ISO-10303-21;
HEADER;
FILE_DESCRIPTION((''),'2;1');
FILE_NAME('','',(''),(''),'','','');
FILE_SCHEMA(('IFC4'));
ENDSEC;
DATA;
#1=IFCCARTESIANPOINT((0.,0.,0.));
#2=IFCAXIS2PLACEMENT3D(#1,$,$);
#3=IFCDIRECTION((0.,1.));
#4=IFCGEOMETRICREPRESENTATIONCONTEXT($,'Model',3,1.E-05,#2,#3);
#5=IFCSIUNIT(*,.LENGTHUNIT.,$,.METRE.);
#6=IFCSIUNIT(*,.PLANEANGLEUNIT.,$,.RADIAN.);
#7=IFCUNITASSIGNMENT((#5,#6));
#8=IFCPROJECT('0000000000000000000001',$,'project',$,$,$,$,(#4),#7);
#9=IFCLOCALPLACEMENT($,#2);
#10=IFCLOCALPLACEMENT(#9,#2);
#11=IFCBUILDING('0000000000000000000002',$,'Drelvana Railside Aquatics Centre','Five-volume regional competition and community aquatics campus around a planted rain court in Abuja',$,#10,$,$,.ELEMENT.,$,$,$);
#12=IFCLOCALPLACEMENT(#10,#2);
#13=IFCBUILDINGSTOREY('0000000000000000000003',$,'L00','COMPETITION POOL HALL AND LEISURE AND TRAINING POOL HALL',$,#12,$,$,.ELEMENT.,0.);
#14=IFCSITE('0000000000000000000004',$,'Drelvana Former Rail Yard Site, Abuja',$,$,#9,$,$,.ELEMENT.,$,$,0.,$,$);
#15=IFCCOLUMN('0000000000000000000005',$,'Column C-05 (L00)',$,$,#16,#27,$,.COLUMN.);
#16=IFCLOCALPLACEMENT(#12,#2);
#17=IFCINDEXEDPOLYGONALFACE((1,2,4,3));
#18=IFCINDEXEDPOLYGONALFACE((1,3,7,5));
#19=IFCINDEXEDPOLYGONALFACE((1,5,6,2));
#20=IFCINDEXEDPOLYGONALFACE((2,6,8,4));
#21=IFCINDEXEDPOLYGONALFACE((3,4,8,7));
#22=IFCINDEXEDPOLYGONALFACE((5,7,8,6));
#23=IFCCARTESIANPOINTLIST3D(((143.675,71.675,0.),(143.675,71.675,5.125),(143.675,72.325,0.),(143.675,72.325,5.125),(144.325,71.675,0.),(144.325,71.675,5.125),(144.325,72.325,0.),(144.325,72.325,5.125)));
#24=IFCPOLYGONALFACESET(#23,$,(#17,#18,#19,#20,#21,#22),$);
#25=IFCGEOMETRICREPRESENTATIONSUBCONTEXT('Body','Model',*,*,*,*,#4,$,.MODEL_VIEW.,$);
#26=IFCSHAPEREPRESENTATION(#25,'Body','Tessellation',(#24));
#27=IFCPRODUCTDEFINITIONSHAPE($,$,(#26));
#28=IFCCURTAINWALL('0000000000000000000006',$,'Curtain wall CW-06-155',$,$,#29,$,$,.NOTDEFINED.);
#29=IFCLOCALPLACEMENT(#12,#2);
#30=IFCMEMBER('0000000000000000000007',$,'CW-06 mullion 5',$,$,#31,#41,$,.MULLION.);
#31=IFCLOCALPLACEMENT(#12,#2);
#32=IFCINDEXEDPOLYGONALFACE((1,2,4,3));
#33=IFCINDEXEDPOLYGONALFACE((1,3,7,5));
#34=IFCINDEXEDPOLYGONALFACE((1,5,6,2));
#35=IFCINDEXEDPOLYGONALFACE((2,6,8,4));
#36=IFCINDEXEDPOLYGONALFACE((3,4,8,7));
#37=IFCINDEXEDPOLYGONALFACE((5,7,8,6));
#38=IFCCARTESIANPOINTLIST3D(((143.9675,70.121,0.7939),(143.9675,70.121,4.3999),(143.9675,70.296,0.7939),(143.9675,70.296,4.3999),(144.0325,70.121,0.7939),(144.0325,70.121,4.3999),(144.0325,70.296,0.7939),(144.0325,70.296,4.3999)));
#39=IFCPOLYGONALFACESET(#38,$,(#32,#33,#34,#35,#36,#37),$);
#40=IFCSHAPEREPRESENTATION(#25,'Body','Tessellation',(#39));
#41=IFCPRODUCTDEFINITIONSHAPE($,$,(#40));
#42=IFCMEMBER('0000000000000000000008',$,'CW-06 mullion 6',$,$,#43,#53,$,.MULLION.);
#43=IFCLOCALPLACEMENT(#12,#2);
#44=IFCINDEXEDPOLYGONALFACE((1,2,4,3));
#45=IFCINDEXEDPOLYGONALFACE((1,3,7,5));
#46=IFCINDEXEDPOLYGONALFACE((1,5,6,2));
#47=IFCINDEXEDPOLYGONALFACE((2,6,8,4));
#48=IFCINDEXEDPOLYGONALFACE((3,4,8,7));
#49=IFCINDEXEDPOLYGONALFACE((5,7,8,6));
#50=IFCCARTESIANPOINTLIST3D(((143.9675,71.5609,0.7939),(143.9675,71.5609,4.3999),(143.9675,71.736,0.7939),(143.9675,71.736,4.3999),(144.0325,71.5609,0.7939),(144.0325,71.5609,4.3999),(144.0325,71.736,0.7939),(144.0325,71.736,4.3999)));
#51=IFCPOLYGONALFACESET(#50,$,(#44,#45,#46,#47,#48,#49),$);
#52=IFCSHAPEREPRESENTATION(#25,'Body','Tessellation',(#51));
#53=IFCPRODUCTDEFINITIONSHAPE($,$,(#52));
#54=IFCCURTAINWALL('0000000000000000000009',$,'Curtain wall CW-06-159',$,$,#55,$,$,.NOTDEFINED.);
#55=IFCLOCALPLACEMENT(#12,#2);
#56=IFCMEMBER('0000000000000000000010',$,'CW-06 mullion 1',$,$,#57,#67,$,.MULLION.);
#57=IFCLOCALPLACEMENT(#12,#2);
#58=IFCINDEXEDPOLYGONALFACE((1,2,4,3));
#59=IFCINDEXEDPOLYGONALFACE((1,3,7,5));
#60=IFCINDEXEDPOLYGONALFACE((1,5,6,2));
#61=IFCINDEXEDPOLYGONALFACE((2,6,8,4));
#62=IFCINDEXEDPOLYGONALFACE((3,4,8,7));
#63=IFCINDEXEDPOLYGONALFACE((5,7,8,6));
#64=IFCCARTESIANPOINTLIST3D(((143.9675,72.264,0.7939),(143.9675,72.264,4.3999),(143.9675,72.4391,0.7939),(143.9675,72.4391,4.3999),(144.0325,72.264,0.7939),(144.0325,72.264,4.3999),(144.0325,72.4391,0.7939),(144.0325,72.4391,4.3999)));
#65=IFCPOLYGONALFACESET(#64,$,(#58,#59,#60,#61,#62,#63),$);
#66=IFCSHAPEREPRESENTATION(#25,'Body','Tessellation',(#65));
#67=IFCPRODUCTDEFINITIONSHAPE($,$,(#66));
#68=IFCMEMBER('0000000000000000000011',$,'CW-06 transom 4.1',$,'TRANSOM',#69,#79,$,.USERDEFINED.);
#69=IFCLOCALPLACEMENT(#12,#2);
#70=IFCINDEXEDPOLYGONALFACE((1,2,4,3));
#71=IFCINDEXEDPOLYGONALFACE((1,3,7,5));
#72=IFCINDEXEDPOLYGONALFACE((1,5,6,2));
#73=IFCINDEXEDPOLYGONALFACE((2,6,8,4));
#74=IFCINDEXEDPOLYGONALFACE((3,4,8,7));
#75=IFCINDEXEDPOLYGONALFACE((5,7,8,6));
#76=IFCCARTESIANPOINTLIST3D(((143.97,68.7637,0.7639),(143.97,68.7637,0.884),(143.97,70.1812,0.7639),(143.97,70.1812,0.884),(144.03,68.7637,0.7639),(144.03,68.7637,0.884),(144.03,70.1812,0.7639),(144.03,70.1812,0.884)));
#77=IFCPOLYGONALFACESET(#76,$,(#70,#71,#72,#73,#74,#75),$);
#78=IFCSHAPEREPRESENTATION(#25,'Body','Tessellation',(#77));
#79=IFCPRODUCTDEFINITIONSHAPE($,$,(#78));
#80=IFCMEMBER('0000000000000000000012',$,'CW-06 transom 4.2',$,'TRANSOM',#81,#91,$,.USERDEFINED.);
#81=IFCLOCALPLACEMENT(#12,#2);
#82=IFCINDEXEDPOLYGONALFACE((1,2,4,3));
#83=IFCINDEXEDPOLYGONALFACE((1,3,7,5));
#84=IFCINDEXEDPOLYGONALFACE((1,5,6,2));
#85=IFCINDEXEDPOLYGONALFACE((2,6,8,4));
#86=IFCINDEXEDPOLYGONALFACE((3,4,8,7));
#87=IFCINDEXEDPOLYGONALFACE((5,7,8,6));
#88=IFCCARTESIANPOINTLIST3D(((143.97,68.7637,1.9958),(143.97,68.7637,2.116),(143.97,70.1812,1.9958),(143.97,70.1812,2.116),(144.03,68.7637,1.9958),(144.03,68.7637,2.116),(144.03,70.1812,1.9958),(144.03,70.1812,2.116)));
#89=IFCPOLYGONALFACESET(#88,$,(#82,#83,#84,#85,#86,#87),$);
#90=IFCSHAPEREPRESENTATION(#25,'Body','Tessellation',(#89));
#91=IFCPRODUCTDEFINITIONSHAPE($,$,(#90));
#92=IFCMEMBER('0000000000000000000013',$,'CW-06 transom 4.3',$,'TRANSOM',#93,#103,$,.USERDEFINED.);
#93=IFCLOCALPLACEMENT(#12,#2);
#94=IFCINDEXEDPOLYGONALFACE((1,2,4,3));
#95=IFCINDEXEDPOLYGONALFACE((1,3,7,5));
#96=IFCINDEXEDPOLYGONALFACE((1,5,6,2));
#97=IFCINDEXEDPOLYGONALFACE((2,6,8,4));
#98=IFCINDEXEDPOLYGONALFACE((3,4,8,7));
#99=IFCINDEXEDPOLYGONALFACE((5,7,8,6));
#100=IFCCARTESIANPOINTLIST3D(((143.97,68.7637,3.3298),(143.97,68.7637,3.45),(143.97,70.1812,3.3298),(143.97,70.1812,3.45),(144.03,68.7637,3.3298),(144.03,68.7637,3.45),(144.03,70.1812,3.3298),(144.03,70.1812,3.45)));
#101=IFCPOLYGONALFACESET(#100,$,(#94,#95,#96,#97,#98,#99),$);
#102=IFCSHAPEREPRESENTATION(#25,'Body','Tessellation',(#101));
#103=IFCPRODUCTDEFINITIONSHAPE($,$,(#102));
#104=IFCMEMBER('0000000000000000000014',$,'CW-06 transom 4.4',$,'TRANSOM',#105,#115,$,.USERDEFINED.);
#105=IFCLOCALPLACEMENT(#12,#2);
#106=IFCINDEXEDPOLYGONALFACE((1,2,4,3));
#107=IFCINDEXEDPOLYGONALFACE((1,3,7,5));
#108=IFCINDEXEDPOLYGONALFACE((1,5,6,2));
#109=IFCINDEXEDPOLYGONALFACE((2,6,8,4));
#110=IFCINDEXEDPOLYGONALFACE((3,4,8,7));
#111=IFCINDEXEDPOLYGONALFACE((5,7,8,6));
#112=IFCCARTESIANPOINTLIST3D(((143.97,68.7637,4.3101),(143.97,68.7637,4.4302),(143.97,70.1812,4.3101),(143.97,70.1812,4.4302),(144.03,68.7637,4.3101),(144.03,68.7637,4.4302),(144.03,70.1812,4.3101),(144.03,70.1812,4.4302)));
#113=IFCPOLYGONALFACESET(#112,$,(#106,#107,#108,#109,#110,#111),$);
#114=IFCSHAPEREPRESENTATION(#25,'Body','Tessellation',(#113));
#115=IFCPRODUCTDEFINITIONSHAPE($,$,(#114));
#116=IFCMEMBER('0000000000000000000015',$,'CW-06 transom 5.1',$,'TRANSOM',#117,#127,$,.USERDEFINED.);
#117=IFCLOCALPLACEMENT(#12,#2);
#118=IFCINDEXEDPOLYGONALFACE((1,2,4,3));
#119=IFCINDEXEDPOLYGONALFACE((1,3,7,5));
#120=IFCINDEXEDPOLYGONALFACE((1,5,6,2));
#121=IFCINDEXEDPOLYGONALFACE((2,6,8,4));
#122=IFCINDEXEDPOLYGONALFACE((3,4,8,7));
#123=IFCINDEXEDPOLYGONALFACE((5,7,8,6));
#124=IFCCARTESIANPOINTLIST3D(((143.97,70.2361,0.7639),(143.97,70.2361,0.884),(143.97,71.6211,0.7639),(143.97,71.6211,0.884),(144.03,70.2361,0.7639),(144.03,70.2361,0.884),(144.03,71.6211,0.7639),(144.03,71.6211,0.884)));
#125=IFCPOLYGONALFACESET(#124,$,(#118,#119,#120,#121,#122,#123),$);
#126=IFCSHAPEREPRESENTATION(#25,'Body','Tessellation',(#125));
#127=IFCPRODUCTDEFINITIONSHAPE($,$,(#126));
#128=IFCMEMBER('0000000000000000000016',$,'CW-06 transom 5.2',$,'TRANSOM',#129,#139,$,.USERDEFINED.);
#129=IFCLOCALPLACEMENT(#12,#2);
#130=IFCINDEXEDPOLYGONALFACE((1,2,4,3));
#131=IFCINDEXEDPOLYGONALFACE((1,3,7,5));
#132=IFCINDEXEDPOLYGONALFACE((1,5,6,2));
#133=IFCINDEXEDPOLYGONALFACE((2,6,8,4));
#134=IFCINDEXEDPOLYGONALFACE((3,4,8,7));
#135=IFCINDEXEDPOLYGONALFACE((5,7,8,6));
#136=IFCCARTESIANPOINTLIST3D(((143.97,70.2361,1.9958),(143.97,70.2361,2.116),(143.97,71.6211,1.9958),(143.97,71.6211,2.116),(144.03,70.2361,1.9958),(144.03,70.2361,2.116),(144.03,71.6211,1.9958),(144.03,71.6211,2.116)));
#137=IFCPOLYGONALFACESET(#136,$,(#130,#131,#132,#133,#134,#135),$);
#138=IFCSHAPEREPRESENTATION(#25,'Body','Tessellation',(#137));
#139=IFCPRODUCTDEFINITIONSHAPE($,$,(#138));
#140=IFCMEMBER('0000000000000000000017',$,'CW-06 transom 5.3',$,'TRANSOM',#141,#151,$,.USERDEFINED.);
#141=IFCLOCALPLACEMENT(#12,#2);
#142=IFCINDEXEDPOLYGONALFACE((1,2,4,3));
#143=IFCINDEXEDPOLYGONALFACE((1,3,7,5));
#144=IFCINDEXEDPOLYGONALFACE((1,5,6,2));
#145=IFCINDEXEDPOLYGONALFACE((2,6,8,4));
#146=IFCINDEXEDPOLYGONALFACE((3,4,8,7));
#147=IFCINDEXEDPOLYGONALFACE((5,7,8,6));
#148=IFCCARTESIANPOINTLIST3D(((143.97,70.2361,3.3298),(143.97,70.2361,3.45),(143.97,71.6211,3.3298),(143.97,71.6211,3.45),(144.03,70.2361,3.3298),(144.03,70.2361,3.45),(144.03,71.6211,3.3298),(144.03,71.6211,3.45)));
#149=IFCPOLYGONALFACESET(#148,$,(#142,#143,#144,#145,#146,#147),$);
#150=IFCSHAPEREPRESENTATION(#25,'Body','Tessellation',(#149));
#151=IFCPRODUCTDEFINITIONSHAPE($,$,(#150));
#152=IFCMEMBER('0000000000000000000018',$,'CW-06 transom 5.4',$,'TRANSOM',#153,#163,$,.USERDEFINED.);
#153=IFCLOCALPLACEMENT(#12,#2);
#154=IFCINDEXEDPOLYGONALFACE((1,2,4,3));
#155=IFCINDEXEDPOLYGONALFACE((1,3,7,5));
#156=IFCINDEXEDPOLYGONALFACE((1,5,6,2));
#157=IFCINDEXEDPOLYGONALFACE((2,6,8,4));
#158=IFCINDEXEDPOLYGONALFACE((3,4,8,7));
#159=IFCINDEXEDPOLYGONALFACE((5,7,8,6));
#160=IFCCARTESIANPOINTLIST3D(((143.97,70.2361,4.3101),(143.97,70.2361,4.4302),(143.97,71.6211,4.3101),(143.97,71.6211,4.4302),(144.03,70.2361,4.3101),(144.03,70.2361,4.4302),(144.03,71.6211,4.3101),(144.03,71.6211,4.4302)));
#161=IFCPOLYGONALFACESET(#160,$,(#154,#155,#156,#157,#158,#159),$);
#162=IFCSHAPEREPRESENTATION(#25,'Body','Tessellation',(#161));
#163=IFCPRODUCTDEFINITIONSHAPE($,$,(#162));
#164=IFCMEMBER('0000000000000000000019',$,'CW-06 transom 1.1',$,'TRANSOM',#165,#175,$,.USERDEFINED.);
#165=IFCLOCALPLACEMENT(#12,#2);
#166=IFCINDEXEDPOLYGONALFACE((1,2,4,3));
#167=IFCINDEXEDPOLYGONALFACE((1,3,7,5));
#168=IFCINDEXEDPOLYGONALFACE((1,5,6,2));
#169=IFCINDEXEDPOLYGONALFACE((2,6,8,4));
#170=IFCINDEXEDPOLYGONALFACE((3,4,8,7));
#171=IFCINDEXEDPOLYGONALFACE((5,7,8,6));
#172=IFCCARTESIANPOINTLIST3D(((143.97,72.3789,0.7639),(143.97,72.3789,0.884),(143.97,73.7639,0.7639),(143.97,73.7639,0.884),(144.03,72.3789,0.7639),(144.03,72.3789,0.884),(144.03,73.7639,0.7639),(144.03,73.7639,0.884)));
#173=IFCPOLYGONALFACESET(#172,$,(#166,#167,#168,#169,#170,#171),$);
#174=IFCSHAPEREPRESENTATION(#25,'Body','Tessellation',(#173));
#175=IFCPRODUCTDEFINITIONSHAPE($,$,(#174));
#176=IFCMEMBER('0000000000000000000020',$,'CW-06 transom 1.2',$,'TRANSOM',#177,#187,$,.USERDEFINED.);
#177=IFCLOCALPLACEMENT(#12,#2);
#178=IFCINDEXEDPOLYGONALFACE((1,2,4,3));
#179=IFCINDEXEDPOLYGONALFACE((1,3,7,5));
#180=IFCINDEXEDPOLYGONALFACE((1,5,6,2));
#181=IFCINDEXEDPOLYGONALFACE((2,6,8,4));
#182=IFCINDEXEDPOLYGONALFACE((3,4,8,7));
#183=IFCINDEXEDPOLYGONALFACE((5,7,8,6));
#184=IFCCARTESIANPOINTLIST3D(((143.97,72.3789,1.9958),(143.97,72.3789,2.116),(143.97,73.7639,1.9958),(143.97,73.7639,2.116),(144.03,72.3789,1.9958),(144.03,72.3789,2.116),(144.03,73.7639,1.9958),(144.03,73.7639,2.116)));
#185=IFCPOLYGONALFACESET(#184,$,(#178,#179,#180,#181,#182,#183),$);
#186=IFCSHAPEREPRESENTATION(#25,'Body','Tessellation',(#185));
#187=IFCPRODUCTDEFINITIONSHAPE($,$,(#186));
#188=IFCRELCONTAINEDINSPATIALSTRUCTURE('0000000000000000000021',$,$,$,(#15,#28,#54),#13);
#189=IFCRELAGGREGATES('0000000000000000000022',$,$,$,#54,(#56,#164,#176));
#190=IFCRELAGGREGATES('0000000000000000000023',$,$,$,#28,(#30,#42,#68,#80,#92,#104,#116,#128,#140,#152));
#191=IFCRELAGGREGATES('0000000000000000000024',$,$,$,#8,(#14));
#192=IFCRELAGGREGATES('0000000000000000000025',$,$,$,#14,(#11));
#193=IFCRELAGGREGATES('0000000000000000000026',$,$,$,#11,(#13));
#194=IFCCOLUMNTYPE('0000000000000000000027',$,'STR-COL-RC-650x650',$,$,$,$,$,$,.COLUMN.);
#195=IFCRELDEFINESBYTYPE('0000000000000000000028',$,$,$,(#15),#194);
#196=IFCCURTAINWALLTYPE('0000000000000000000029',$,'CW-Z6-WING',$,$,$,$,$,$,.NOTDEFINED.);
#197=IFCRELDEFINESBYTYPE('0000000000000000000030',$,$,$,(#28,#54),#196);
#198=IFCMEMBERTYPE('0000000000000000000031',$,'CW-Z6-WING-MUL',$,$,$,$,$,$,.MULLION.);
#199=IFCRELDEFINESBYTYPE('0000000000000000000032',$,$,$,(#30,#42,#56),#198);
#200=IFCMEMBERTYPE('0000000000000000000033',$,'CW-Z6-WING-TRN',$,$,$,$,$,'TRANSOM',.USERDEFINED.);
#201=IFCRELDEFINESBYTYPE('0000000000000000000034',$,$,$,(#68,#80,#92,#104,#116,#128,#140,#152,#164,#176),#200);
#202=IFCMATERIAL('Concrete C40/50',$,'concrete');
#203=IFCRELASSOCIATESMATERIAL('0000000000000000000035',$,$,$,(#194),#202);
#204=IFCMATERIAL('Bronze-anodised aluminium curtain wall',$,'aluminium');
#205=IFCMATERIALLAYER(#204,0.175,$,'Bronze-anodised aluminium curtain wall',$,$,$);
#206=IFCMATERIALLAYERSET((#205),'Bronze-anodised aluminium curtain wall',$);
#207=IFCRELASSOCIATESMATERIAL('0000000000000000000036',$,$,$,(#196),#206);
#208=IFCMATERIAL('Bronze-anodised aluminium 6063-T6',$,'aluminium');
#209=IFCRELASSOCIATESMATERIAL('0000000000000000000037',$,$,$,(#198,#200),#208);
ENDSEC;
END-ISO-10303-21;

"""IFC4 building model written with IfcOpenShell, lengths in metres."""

from ifc_helpers import new_model, si_unit, direction, frame, origin, origin_2d, place, context, subcontext, project, spatial, rectangle, extrude, material, layer, layer_set, material_profile, profile_set, type_object, element, aggregate, save


model = new_model("IFC4")

# Units and contexts
model_context = context("Model", 3, precision=1e-05, world=origin(), true_north=direction((0.0, 1.0)))
body_context = subcontext(model_context, "Body", "Model", "MODEL_VIEW")
ifc_project = project(units=[si_unit("LENGTHUNIT", "METRE"), si_unit("PLANEANGLEUNIT", "RADIAN")], contexts=[model_context])

# Site, building, storey
site_placement = place(None, origin())
site = spatial("IfcSite", under=ifc_project, at=site_placement, Name="Drelvana Former Rail Yard Site, Abuja", CompositionType="ELEMENT", RefElevation=0.0)
building_placement = place(site_placement, origin())
building = spatial("IfcBuilding", under=site, at=building_placement, Name="Drelvana Railside Aquatics Centre", Description="Five-volume regional competition and community aquatics campus around a planted rain court in Abuja", CompositionType="ELEMENT")
storey_placement = place(building_placement, origin())
storey = spatial("IfcBuildingStorey", under=building, at=storey_placement, Name="L00", Description="COMPETITION POOL HALL AND LEISURE AND TRAINING POOL HALL", CompositionType="ELEMENT", Elevation=0.0)

# Column
ifc_material_1 = material(Name="Concrete C40/50", Category="concrete")
ifc_material_profile_1 = material_profile(ifc_material_1, rectangle(XDim=0.6499, YDim=0.6499, at=origin_2d()), Name="RC 650x650")
ifc_profile_set_1 = profile_set([ifc_material_profile_1], Name="Concrete C40/50")
column_type = type_object("IfcColumnType", Name="STR-COL-RC-650x650", PredefinedType="COLUMN", material=ifc_profile_set_1)
column_placement = place(storey_placement, frame((144.0, 72.0, 0.0), z_axis=(0.0, 0.0, 1.0), x_axis=(1.0, 0.0, 0.0)))
element("IfcColumn", 1, at=column_placement, inside=storey, type_object=column_type, Name="Column C-05 (L00)", PredefinedType="COLUMN", context=body_context, shape_type="SweptSolid", body=[
    extrude(rectangle(XDim=0.6499, YDim=0.6499, at=origin_2d()), origin(), (0.0, 0.0, 1.0), 5.125),
])

# Curtain wall, members
ifc_material_2 = material(Name="Bronze-anodised aluminium curtain wall", Category="aluminium")
ifc_layer_1 = layer(ifc_material_2, 0.175, Name="Bronze-anodised aluminium curtain wall")
ifc_layer_set_1 = layer_set([ifc_layer_1], Name="Bronze-anodised aluminium curtain wall")
curtain_wall_type = type_object("IfcCurtainWallType", Name="CW-Z6-WING", PredefinedType="NOTDEFINED", material=ifc_layer_set_1)
curtain_wall_1_placement = place(storey_placement, origin())
curtain_wall_1 = element("IfcCurtainWall", 2, at=curtain_wall_1_placement, inside=storey, type_object=curtain_wall_type, Name="Curtain wall CW-06-155", PredefinedType="NOTDEFINED")
ifc_material_3 = material(Name="Bronze-anodised aluminium 6063-T6", Category="aluminium")
ifc_material_profile_2 = material_profile(ifc_material_3, rectangle(XDim=0.0649, YDim=0.175, at=origin_2d()), Name="ALU-M 65x175")
ifc_profile_set_2 = profile_set([ifc_material_profile_2], Name="Bronze-anodised aluminium 6063-T6")
member_type_1 = type_object("IfcMemberType", Name="CW-Z6-WING-MUL", PredefinedType="MULLION", material=ifc_profile_set_2)
member_1_placement = place(storey_placement, frame((144.0, 70.2085, 0.7939), z_axis=(0.0, 0.0, 1.0), x_axis=(-1.0, 0.0, 0.0)))
member_1 = element("IfcMember", 3, at=member_1_placement, type_object=member_type_1, Name="CW-06 mullion 5", PredefinedType="MULLION", context=body_context, shape_type="SweptSolid", body=[
    extrude(rectangle(XDim=0.0649, YDim=0.175, at=origin_2d()), origin(), (0.0, 0.0, 1.0), 3.606),
])
member_2_placement = place(storey_placement, frame((144.0, 71.6484, 0.7939), z_axis=(0.0, 0.0, 1.0), x_axis=(-1.0, 0.0, 0.0)))
member_2 = element("IfcMember", 4, at=member_2_placement, type_object=member_type_1, Name="CW-06 mullion 6", PredefinedType="MULLION", context=body_context, shape_type="SweptSolid", body=[
    extrude(rectangle(XDim=0.0649, YDim=0.175, at=origin_2d()), origin(), (0.0, 0.0, 1.0), 3.606),
])

# Curtain wall, member
curtain_wall_2_placement = place(storey_placement, origin())
curtain_wall_2 = element("IfcCurtainWall", 5, at=curtain_wall_2_placement, inside=storey, type_object=curtain_wall_type, Name="Curtain wall CW-06-159", PredefinedType="NOTDEFINED")
member_3_placement = place(storey_placement, frame((144.0, 72.3516, 0.7939), z_axis=(0.0, 0.0, 1.0), x_axis=(-1.0, 0.0, 0.0)))
member_3 = element("IfcMember", 6, at=member_3_placement, type_object=member_type_1, Name="CW-06 mullion 1", PredefinedType="MULLION", context=body_context, shape_type="SweptSolid", body=[
    extrude(rectangle(XDim=0.0649, YDim=0.175, at=origin_2d()), origin(), (0.0, 0.0, 1.0), 3.606),
])

# Members
ifc_material_profile_3 = material_profile(ifc_material_3, rectangle(XDim=0.1201, YDim=0.0601, at=origin_2d()), Name="ALU-T 60x120")
ifc_profile_set_3 = profile_set([ifc_material_profile_3], Name="Bronze-anodised aluminium 6063-T6")
member_type_2 = type_object("IfcMemberType", Name="CW-Z6-WING-TRN", ElementType="TRANSOM", PredefinedType="USERDEFINED", material=ifc_profile_set_3)
member_4_placement = place(storey_placement, frame((144.0, 68.7637, 0.824), z_axis=(0.0, 1.0, 0.0), x_axis=(0.0, 0.0, 1.0)))
member_4 = element("IfcMember", 7, at=member_4_placement, type_object=member_type_2, Name="CW-06 transom 4.1", ObjectType="TRANSOM", PredefinedType="USERDEFINED", context=body_context, shape_type="SweptSolid", body=[
    extrude(rectangle(XDim=0.1201, YDim=0.0601, at=origin_2d()), origin(), (0.0, 0.0, 1.0), 1.4175),
])
member_5_placement = place(storey_placement, frame((144.0, 68.7637, 2.0559), z_axis=(0.0, 1.0, 0.0), x_axis=(0.0, 0.0, 1.0)))
member_5 = element("IfcMember", 8, at=member_5_placement, type_object=member_type_2, Name="CW-06 transom 4.2", ObjectType="TRANSOM", PredefinedType="USERDEFINED", context=body_context, shape_type="SweptSolid", body=[
    extrude(rectangle(XDim=0.1201, YDim=0.0601, at=origin_2d()), origin(), (0.0, 0.0, 1.0), 1.4175),
])
member_6_placement = place(storey_placement, frame((144.0, 68.7637, 3.3899), z_axis=(0.0, 1.0, 0.0), x_axis=(0.0, 0.0, 1.0)))
member_6 = element("IfcMember", 9, at=member_6_placement, type_object=member_type_2, Name="CW-06 transom 4.3", ObjectType="TRANSOM", PredefinedType="USERDEFINED", context=body_context, shape_type="SweptSolid", body=[
    extrude(rectangle(XDim=0.1201, YDim=0.0601, at=origin_2d()), origin(), (0.0, 0.0, 1.0), 1.4175),
])
member_7_placement = place(storey_placement, frame((144.0, 68.7637, 4.3701), z_axis=(0.0, 1.0, 0.0), x_axis=(0.0, 0.0, 1.0)))
member_7 = element("IfcMember", 10, at=member_7_placement, type_object=member_type_2, Name="CW-06 transom 4.4", ObjectType="TRANSOM", PredefinedType="USERDEFINED", context=body_context, shape_type="SweptSolid", body=[
    extrude(rectangle(XDim=0.1201, YDim=0.0601, at=origin_2d()), origin(), (0.0, 0.0, 1.0), 1.4175),
])
member_8_placement = place(storey_placement, frame((144.0, 70.2361, 0.824), z_axis=(0.0, 1.0, 0.0), x_axis=(0.0, 0.0, 1.0)))
member_8 = element("IfcMember", 11, at=member_8_placement, type_object=member_type_2, Name="CW-06 transom 5.1", ObjectType="TRANSOM", PredefinedType="USERDEFINED", context=body_context, shape_type="SweptSolid", body=[
    extrude(rectangle(XDim=0.1201, YDim=0.0601, at=origin_2d()), origin(), (0.0, 0.0, 1.0), 1.385),
])
member_9_placement = place(storey_placement, frame((144.0, 70.2361, 2.0559), z_axis=(0.0, 1.0, 0.0), x_axis=(0.0, 0.0, 1.0)))
member_9 = element("IfcMember", 12, at=member_9_placement, type_object=member_type_2, Name="CW-06 transom 5.2", ObjectType="TRANSOM", PredefinedType="USERDEFINED", context=body_context, shape_type="SweptSolid", body=[
    extrude(rectangle(XDim=0.1201, YDim=0.0601, at=origin_2d()), origin(), (0.0, 0.0, 1.0), 1.385),
])
member_10_placement = place(storey_placement, frame((144.0, 70.2361, 3.3899), z_axis=(0.0, 1.0, 0.0), x_axis=(0.0, 0.0, 1.0)))
member_10 = element("IfcMember", 13, at=member_10_placement, type_object=member_type_2, Name="CW-06 transom 5.3", ObjectType="TRANSOM", PredefinedType="USERDEFINED", context=body_context, shape_type="SweptSolid", body=[
    extrude(rectangle(XDim=0.1201, YDim=0.0601, at=origin_2d()), origin(), (0.0, 0.0, 1.0), 1.385),
])
member_11_placement = place(storey_placement, frame((144.0, 70.2361, 4.3701), z_axis=(0.0, 1.0, 0.0), x_axis=(0.0, 0.0, 1.0)))
member_11 = element("IfcMember", 14, at=member_11_placement, type_object=member_type_2, Name="CW-06 transom 5.4", ObjectType="TRANSOM", PredefinedType="USERDEFINED", context=body_context, shape_type="SweptSolid", body=[
    extrude(rectangle(XDim=0.1201, YDim=0.0601, at=origin_2d()), origin(), (0.0, 0.0, 1.0), 1.385),
])
member_12_placement = place(storey_placement, frame((144.0, 72.3789, 0.824), z_axis=(0.0, 1.0, 0.0), x_axis=(0.0, 0.0, 1.0)))
member_12 = element("IfcMember", 15, at=member_12_placement, type_object=member_type_2, Name="CW-06 transom 1.1", ObjectType="TRANSOM", PredefinedType="USERDEFINED", context=body_context, shape_type="SweptSolid", body=[
    extrude(rectangle(XDim=0.1201, YDim=0.0601, at=origin_2d()), origin(), (0.0, 0.0, 1.0), 1.385),
])
member_13_placement = place(storey_placement, frame((144.0, 72.3789, 2.0559), z_axis=(0.0, 1.0, 0.0), x_axis=(0.0, 0.0, 1.0)))
member_13 = element("IfcMember", 16, at=member_13_placement, type_object=member_type_2, Name="CW-06 transom 1.2", ObjectType="TRANSOM", PredefinedType="USERDEFINED", context=body_context, shape_type="SweptSolid", body=[
    extrude(rectangle(XDim=0.1201, YDim=0.0601, at=origin_2d()), origin(), (0.0, 0.0, 1.0), 1.385),
])
aggregate(curtain_wall_2, [member_3, member_12, member_13])

aggregate(curtain_wall_1, [member_1, member_2, member_4, member_5, member_6, member_7, member_8, member_9, member_10, member_11])

save(model, "model.ifc")
